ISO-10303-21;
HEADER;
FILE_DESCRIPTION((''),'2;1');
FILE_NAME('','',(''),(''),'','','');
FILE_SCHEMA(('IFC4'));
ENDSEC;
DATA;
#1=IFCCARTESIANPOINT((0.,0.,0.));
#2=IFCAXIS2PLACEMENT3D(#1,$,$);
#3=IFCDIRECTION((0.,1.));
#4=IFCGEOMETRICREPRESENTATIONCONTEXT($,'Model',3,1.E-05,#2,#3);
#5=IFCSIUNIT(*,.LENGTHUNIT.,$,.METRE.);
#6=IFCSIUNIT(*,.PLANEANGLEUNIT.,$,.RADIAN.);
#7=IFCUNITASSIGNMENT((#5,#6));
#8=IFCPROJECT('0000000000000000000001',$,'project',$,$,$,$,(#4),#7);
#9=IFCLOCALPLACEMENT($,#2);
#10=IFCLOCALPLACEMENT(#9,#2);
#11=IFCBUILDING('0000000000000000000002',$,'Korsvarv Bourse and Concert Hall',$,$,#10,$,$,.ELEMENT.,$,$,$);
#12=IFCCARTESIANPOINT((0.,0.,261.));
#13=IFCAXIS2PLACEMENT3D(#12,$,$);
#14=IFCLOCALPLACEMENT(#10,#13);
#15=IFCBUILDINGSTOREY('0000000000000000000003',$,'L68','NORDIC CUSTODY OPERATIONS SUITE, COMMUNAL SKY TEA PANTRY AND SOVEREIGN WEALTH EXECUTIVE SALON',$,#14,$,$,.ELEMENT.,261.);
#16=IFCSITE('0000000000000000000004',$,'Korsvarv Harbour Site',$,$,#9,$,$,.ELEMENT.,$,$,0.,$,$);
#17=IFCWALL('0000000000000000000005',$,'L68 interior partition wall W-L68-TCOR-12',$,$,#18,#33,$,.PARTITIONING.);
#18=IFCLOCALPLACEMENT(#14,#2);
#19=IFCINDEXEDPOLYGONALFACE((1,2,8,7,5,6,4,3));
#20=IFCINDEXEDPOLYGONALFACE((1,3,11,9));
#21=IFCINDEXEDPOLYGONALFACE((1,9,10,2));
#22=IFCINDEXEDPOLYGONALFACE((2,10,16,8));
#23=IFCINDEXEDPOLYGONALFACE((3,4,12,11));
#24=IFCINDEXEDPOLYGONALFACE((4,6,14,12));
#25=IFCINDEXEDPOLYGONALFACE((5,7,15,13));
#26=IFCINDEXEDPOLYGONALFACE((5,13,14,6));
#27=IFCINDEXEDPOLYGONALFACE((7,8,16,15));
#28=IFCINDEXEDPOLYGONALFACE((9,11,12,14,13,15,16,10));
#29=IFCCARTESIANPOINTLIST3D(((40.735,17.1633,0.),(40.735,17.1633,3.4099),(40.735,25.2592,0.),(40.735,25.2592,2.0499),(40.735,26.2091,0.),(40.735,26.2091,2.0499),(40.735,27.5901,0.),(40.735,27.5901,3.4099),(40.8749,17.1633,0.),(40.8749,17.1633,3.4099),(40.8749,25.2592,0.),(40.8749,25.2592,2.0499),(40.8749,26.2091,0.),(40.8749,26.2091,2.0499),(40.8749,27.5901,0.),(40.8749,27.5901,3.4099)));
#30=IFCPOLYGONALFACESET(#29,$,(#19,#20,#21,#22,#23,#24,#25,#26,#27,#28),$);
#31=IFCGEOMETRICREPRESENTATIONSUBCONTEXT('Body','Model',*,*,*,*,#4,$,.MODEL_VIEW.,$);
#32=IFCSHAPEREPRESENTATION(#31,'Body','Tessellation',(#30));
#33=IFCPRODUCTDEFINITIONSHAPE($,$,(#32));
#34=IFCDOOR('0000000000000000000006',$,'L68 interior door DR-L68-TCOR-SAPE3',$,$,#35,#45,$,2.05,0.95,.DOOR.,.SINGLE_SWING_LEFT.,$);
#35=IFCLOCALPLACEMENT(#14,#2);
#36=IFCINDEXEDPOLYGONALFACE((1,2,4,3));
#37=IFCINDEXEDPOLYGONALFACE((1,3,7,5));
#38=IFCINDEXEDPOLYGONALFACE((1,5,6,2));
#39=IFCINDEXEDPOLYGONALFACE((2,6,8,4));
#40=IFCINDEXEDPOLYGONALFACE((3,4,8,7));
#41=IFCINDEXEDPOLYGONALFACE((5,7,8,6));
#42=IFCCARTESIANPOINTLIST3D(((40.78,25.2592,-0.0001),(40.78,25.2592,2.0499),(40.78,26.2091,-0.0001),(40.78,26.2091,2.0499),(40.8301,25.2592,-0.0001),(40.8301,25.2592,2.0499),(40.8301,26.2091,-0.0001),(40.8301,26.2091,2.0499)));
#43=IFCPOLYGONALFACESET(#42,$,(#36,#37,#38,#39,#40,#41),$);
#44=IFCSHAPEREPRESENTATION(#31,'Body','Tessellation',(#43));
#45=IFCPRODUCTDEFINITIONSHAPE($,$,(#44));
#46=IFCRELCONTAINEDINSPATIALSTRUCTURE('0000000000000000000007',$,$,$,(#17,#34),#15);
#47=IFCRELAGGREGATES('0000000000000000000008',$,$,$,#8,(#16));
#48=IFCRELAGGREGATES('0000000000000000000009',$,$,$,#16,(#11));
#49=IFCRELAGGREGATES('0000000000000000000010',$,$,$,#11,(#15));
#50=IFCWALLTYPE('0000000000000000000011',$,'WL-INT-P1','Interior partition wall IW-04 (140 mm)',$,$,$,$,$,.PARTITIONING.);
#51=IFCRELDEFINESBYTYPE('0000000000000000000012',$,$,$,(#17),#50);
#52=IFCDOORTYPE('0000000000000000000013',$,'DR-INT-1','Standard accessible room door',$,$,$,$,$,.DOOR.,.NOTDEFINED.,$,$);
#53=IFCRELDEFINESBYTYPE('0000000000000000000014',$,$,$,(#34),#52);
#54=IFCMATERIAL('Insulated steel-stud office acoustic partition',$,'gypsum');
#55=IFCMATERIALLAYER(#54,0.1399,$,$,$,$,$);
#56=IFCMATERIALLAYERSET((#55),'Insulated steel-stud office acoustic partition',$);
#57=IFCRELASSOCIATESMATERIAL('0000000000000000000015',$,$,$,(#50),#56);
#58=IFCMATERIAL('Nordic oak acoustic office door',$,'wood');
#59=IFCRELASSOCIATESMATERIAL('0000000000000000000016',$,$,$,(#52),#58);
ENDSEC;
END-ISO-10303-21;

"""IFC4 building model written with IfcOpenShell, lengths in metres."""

from ifc_helpers import new_model, si_unit, direction, frame, frame_2d, origin, place, context, subcontext, project, spatial, rectangle, extrude, material, layer, layer_set, type_object, element, fill, save


model = new_model("IFC4")

# Units and contexts
model_context = context("Model", 3, precision=1e-05, world=origin(), true_north=direction((0.0, 1.0)))
body_context = subcontext(model_context, "Body", "Model", "MODEL_VIEW")
ifc_project = project(units=[si_unit("LENGTHUNIT", "METRE"), si_unit("PLANEANGLEUNIT", "RADIAN")], contexts=[model_context])

# Site, building, storey
site_placement = place(None, origin())
site = spatial("IfcSite", under=ifc_project, at=site_placement, Name="Korsvarv Harbour Site", CompositionType="ELEMENT", RefElevation=0.0)
building_placement = place(site_placement, origin())
building = spatial("IfcBuilding", under=site, at=building_placement, Name="Korsvarv Bourse and Concert Hall", CompositionType="ELEMENT")
storey_placement = place(building_placement, frame((0.0, 0.0, 261.0)))
storey = spatial("IfcBuildingStorey", under=building, at=storey_placement, Name="L68", Description="NORDIC CUSTODY OPERATIONS SUITE, COMMUNAL SKY TEA PANTRY AND SOVEREIGN WEALTH EXECUTIVE SALON", CompositionType="ELEMENT", Elevation=261.0)

# Wall, opening, door
ifc_material_1 = material(Name="Insulated steel-stud office acoustic partition", Category="gypsum")
ifc_layer_1 = layer(ifc_material_1, 0.1399)
ifc_layer_set_1 = layer_set([ifc_layer_1], Name="Insulated steel-stud office acoustic partition")
wall_type_1 = type_object("IfcWallType", Name="WL-INT-P1", Description="Interior partition wall IW-04 (140 mm)", PredefinedType="PARTITIONING", material=ifc_layer_set_1)
wall_1_placement = place(storey_placement, frame((40.8049, 17.1633, 0.0), z_axis=(0.0, 0.0, 1.0), x_axis=(0.0, 1.0, 0.0)))
wall_1 = element("IfcWall", 1, at=wall_1_placement, inside=storey, type_object=wall_type_1, Name="L68 interior partition wall W-L68-TCOR-12", PredefinedType="PARTITIONING", context=body_context, shape_type="SweptSolid", body=[
    extrude(rectangle(XDim=10.4268, YDim=0.1399, at=frame_2d((5.2134, 0.0))), origin(), (0.0, 0.0, 1.0), 3.4099),
])
opening_1_placement = place(wall_1_placement, frame((8.0957, 0.0, 0.0)))
opening_1 = element("IfcOpeningElement", 2, at=opening_1_placement, cuts=wall_1, PredefinedType="OPENING", context=body_context, shape_type="SweptSolid", body=[
    extrude(rectangle(XDim=0.95, YDim=2.05, at=frame_2d((0.4751, 1.0249))), frame((0.0, 0.0801, 0.0), z_axis=(0.0, -1.0, 0.0), x_axis=(1.0, 0.0, 0.0)), (0.0, 0.0, 1.0), 0.1599),
])
ifc_material_2 = material(Name="Nordic oak acoustic office door", Category="wood")
door_type_1 = type_object("IfcDoorType", Name="DR-INT-1", Description="Standard accessible room door", OperationType="NOTDEFINED", PredefinedType="DOOR", material=ifc_material_2)
door_1_placement = place(opening_1_placement, origin())
door_1 = element("IfcDoor", 3, at=door_1_placement, inside=storey, type_object=door_type_1, Name="L68 interior door DR-L68-TCOR-SAPE3", OperationType="SINGLE_SWING_LEFT", OverallHeight=2.05, OverallWidth=0.95, PredefinedType="DOOR", context=body_context, shape_type="SweptSolid", body=[
    extrude(rectangle(XDim=0.95, YDim=2.05, at=frame_2d((0.4751, 1.0249))), frame((0.0, 0.0249, 0.0), z_axis=(0.0, -1.0, 0.0), x_axis=(1.0, 0.0, 0.0)), (0.0, 0.0, 1.0), 0.05),
])
fill(opening_1, door_1)

save(model, "model.ifc")
